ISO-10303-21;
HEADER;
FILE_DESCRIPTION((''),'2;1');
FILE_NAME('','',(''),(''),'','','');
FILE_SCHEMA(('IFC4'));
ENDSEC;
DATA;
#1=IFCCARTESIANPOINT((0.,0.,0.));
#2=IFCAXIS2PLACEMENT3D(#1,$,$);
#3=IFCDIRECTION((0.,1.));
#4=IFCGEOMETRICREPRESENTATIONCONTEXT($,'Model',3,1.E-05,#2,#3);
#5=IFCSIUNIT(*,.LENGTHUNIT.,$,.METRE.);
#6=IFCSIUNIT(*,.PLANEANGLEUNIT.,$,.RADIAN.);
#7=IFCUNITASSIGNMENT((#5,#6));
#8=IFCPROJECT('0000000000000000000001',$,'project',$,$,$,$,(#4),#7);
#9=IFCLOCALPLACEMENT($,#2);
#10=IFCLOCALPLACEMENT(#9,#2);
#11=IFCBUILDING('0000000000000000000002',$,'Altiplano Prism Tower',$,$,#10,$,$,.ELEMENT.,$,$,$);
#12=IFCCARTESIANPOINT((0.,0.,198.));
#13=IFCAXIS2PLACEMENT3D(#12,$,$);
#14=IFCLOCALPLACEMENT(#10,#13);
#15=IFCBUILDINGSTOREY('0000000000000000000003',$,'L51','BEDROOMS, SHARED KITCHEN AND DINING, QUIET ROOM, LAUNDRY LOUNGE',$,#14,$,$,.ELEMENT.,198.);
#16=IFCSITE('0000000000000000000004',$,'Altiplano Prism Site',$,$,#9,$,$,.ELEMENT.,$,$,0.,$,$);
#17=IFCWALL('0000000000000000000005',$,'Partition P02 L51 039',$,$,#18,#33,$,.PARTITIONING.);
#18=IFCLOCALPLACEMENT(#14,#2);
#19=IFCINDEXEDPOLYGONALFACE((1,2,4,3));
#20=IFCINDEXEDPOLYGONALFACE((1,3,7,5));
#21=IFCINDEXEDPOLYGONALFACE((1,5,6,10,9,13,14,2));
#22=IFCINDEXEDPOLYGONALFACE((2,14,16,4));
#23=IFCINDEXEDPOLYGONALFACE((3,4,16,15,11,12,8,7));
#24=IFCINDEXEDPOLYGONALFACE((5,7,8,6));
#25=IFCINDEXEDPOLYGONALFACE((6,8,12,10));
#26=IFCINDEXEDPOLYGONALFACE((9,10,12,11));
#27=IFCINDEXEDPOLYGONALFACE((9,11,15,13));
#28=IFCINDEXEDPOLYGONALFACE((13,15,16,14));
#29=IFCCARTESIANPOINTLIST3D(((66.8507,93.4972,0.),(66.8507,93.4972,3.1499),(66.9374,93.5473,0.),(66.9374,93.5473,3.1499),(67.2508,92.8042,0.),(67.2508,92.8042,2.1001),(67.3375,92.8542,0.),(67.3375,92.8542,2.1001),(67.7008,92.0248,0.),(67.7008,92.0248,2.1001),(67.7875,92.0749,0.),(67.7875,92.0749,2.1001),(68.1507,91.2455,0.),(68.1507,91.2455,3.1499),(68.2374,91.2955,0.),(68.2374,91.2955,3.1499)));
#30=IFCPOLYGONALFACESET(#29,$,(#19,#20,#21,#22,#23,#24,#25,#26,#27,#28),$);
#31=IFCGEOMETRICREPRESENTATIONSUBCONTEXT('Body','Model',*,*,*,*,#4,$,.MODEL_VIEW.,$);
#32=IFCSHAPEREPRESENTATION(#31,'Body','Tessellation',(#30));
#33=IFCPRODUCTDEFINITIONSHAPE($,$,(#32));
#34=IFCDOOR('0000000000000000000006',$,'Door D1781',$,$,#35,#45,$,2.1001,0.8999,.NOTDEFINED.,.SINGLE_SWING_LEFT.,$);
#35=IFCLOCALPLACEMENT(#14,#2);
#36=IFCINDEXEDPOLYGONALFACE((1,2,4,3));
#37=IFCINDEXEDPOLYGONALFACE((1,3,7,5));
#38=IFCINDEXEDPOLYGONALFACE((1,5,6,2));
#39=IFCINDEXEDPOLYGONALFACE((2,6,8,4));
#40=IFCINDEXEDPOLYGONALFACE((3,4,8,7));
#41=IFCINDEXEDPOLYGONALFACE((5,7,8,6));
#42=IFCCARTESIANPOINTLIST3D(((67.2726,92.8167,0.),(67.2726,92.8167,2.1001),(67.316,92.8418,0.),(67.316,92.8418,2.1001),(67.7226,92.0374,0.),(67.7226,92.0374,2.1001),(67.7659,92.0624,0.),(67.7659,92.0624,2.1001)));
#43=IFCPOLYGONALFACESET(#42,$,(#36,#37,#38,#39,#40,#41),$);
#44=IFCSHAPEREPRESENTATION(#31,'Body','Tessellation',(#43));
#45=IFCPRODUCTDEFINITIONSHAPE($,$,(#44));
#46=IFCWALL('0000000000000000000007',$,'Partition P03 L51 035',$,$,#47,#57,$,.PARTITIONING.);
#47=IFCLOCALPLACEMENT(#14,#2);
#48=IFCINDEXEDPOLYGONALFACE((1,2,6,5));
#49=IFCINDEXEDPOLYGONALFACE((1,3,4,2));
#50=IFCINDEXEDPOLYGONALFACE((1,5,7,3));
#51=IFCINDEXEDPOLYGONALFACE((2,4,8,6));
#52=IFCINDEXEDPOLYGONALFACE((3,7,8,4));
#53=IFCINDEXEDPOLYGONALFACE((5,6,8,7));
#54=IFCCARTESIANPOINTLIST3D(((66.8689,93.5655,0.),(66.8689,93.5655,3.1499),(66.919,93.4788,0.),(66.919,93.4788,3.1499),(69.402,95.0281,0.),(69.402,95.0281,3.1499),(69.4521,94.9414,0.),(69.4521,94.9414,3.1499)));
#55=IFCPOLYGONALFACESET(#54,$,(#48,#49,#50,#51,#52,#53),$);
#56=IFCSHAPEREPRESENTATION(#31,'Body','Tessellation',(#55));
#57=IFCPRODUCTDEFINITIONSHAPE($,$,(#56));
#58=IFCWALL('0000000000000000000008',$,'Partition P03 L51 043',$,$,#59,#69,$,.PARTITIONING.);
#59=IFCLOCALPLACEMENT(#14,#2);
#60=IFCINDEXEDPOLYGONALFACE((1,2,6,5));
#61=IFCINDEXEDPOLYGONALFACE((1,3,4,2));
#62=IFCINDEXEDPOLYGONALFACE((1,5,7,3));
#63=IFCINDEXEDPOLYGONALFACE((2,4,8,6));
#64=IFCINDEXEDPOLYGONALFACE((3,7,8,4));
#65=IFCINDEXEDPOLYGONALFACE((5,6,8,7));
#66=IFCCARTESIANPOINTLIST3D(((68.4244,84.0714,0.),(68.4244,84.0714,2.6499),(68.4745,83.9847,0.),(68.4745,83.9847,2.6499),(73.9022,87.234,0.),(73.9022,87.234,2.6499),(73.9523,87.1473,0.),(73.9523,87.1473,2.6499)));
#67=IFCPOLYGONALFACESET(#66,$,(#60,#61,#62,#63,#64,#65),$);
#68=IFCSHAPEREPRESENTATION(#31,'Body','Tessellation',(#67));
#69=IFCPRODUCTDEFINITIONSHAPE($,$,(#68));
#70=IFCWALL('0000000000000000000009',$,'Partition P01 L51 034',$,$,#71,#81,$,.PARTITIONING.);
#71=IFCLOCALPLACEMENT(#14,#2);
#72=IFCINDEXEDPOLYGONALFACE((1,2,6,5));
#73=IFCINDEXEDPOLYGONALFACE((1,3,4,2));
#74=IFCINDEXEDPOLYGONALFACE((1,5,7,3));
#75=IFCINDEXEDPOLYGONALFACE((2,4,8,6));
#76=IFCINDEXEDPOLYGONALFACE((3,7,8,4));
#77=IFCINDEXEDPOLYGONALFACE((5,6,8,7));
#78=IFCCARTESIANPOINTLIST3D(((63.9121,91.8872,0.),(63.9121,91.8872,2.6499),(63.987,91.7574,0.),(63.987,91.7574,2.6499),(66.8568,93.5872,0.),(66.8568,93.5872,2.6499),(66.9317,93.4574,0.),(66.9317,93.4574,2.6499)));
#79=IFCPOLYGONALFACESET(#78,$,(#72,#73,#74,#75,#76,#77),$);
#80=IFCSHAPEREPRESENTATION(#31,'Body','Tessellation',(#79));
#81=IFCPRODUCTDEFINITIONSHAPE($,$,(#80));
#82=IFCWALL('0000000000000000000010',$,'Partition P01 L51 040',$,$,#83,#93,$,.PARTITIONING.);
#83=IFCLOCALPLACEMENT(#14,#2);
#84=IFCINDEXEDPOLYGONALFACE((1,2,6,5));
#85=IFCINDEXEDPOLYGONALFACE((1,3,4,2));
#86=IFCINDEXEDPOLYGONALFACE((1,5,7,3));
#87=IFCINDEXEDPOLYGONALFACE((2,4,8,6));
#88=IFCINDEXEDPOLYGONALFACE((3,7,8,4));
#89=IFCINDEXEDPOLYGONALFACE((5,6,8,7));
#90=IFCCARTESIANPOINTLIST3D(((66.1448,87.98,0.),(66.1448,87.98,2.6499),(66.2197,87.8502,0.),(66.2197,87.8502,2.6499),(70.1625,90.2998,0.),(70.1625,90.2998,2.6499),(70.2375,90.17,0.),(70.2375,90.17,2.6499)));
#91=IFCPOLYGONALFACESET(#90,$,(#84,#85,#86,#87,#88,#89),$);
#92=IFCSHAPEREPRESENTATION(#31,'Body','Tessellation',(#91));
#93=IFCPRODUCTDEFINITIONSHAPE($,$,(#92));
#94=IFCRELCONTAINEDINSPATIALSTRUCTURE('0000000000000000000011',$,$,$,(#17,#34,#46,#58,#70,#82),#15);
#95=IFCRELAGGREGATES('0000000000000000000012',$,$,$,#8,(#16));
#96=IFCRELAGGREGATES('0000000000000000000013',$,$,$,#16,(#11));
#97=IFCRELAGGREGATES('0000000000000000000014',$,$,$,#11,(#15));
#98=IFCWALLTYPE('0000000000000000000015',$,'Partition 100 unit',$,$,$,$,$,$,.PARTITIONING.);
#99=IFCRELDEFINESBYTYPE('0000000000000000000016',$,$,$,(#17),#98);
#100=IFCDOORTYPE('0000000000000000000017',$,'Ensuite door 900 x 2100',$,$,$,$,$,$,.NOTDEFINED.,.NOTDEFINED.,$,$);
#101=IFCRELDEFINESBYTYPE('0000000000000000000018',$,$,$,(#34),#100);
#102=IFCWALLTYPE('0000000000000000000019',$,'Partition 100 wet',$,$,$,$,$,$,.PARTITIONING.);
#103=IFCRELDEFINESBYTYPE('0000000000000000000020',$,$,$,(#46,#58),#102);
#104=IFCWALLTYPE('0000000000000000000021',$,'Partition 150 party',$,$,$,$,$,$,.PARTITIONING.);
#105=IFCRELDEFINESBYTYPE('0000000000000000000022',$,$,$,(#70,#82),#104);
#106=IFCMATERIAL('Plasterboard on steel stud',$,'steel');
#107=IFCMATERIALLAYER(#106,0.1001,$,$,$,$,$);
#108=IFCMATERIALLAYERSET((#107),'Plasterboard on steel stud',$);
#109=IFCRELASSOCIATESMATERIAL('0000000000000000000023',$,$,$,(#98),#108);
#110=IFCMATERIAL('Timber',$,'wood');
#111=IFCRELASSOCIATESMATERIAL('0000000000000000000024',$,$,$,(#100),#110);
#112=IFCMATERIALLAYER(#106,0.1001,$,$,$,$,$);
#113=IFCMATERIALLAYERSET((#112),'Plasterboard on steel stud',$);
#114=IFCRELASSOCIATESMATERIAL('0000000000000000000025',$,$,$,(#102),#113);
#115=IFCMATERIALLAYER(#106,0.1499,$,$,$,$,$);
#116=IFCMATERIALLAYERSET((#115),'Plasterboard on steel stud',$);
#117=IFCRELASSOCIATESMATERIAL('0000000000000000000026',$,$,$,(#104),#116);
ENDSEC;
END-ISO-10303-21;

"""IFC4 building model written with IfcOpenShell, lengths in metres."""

from ifc_helpers import new_model, si_unit, direction, frame, frame_2d, origin, place, context, subcontext, project, spatial, rectangle, extrude, material, layer, layer_set, type_object, element, fill, save


model = new_model("IFC4")

# Units and contexts
model_context = context("Model", 3, precision=1e-05, world=origin(), true_north=direction((0.0, 1.0)))
body_context = subcontext(model_context, "Body", "Model", "MODEL_VIEW")
ifc_project = project(units=[si_unit("LENGTHUNIT", "METRE"), si_unit("PLANEANGLEUNIT", "RADIAN")], contexts=[model_context])

# Site, building, storey
site_placement = place(None, origin())
site = spatial("IfcSite", under=ifc_project, at=site_placement, Name="Altiplano Prism Site", CompositionType="ELEMENT", RefElevation=0.0)
building_placement = place(site_placement, origin())
building = spatial("IfcBuilding", under=site, at=building_placement, Name="Altiplano Prism Tower", CompositionType="ELEMENT")
storey_placement = place(building_placement, frame((0.0, 0.0, 198.0)))
storey = spatial("IfcBuildingStorey", under=building, at=storey_placement, Name="L51", Description="BEDROOMS, SHARED KITCHEN AND DINING, QUIET ROOM, LAUNDRY LOUNGE", CompositionType="ELEMENT", Elevation=198.0)

# Shared definitions
ifc_material_1 = material(Name="Plasterboard on steel stud", Category="steel")
ifc_layer_1 = layer(ifc_material_1, 0.1001)
ifc_layer_set_1 = layer_set([ifc_layer_1], Name="Plasterboard on steel stud")
wall_type_1 = type_object("IfcWallType", Name="Partition 100 unit", PredefinedType="PARTITIONING", material=ifc_layer_set_1)
ifc_material_2 = material(Name="Timber", Category="wood")
door_type = type_object("IfcDoorType", Name="Ensuite door 900 x 2100", OperationType="NOTDEFINED", PredefinedType="NOTDEFINED", material=ifc_material_2)

# Wall, opening, door
wall_1_placement = place(storey_placement, frame((68.1941, 91.2705, 0.0), z_axis=(0.0, 0.0, 1.0), x_axis=(-0.500007, 0.866021, 0.0)))
wall_1 = element("IfcWall", 1, at=wall_1_placement, inside=storey, type_object=wall_type_1, Name="Partition P02 L51 039", PredefinedType="PARTITIONING", context=body_context, shape_type="SweptSolid", body=[
    extrude(rectangle(XDim=2.6001, YDim=0.1001, at=frame_2d((1.3, 0.0))), origin(), (0.0, 0.0, 1.0), 3.1499),
])
opening_1_placement = place(wall_1_placement, frame((0.8999, 0.0, 0.0)))
opening_1 = element("IfcOpeningElement", 2, at=opening_1_placement, cuts=wall_1, PredefinedType="OPENING", context=body_context, shape_type="SweptSolid", body=[
    extrude(rectangle(XDim=0.8999, YDim=2.1001, at=frame_2d((0.45, 1.05))), frame((0.0, 0.0605, 0.0), z_axis=(0.0, -1.0, 0.0), x_axis=(1.0, 0.0, 0.0)), (0.0, 0.0, 1.0), 0.1211),
])
door_1_placement = place(opening_1_placement, origin())
door_1 = element("IfcDoor", 3, at=door_1_placement, inside=storey, type_object=door_type, Name="Door D1781", OperationType="SINGLE_SWING_LEFT", OverallHeight=2.1001, OverallWidth=0.8999, PredefinedType="NOTDEFINED", context=body_context, shape_type="SweptSolid", body=[
    extrude(rectangle(XDim=0.8999, YDim=2.1001, at=frame_2d((0.45, 1.05))), frame((0.0, 0.0249, 0.0), z_axis=(0.0, -1.0, 0.0), x_axis=(1.0, 0.0, 0.0)), (0.0, 0.0, 1.0), 0.05),
])
fill(opening_1, door_1)

# Walls
ifc_layer_2 = layer(ifc_material_1, 0.1001)
ifc_layer_set_2 = layer_set([ifc_layer_2], Name="Plasterboard on steel stud")
wall_type_2 = type_object("IfcWallType", Name="Partition 100 wet", PredefinedType="PARTITIONING", material=ifc_layer_set_2)
wall_2_placement = place(storey_placement, frame((66.894, 93.5222, 0.0), z_axis=(0.0, 0.0, 1.0), x_axis=(0.86601, 0.500026, 0.0)))
element("IfcWall", 4, at=wall_2_placement, inside=storey, type_object=wall_type_2, Name="Partition P03 L51 035", PredefinedType="PARTITIONING", context=body_context, shape_type="SweptSolid", body=[
    extrude(rectangle(XDim=2.925, YDim=0.1001, at=frame_2d((1.4624, 0.0))), origin(), (0.0, 0.0, 1.0), 3.1499),
])
wall_3_placement = place(storey_placement, frame((68.4495, 84.0281, 0.0), z_axis=(0.0, 0.0, 1.0), x_axis=(0.866026, 0.5, 0.0)))
element("IfcWall", 5, at=wall_3_placement, inside=storey, type_object=wall_type_2, Name="Partition P03 L51 043", PredefinedType="PARTITIONING", context=body_context, shape_type="SweptSolid", body=[
    extrude(rectangle(XDim=6.3252, YDim=0.1001, at=frame_2d((3.1626, 0.0))), origin(), (0.0, 0.0, 1.0), 2.6499),
])
ifc_layer_3 = layer(ifc_material_1, 0.1499)
ifc_layer_set_3 = layer_set([ifc_layer_3], Name="Plasterboard on steel stud")
wall_type_3 = type_object("IfcWallType", Name="Partition 150 party", PredefinedType="PARTITIONING", material=ifc_layer_set_3)
wall_4_placement = place(storey_placement, frame((63.9495, 91.8223, 0.0), z_axis=(0.0, 0.0, 1.0), x_axis=(0.866039, 0.499977, 0.0)))
element("IfcWall", 6, at=wall_4_placement, inside=storey, type_object=wall_type_3, Name="Partition P01 L51 034", PredefinedType="PARTITIONING", context=body_context, shape_type="SweptSolid", body=[
    extrude(rectangle(XDim=3.4001, YDim=0.1499, at=frame_2d((1.7002, 0.0))), origin(), (0.0, 0.0, 1.0), 2.6499),
])
wall_5_placement = place(storey_placement, frame((66.1821, 87.915, 0.0), z_axis=(0.0, 0.0, 1.0), x_axis=(0.866013, 0.500022, 0.0)))
element("IfcWall", 7, at=wall_5_placement, inside=storey, type_object=wall_type_3, Name="Partition P01 L51 040", PredefinedType="PARTITIONING", context=body_context, shape_type="SweptSolid", body=[
    extrude(rectangle(XDim=4.6394, YDim=0.1499, at=frame_2d((2.3198, 0.0))), origin(), (0.0, 0.0, 1.0), 2.6499),
])

save(model, "model.ifc")
